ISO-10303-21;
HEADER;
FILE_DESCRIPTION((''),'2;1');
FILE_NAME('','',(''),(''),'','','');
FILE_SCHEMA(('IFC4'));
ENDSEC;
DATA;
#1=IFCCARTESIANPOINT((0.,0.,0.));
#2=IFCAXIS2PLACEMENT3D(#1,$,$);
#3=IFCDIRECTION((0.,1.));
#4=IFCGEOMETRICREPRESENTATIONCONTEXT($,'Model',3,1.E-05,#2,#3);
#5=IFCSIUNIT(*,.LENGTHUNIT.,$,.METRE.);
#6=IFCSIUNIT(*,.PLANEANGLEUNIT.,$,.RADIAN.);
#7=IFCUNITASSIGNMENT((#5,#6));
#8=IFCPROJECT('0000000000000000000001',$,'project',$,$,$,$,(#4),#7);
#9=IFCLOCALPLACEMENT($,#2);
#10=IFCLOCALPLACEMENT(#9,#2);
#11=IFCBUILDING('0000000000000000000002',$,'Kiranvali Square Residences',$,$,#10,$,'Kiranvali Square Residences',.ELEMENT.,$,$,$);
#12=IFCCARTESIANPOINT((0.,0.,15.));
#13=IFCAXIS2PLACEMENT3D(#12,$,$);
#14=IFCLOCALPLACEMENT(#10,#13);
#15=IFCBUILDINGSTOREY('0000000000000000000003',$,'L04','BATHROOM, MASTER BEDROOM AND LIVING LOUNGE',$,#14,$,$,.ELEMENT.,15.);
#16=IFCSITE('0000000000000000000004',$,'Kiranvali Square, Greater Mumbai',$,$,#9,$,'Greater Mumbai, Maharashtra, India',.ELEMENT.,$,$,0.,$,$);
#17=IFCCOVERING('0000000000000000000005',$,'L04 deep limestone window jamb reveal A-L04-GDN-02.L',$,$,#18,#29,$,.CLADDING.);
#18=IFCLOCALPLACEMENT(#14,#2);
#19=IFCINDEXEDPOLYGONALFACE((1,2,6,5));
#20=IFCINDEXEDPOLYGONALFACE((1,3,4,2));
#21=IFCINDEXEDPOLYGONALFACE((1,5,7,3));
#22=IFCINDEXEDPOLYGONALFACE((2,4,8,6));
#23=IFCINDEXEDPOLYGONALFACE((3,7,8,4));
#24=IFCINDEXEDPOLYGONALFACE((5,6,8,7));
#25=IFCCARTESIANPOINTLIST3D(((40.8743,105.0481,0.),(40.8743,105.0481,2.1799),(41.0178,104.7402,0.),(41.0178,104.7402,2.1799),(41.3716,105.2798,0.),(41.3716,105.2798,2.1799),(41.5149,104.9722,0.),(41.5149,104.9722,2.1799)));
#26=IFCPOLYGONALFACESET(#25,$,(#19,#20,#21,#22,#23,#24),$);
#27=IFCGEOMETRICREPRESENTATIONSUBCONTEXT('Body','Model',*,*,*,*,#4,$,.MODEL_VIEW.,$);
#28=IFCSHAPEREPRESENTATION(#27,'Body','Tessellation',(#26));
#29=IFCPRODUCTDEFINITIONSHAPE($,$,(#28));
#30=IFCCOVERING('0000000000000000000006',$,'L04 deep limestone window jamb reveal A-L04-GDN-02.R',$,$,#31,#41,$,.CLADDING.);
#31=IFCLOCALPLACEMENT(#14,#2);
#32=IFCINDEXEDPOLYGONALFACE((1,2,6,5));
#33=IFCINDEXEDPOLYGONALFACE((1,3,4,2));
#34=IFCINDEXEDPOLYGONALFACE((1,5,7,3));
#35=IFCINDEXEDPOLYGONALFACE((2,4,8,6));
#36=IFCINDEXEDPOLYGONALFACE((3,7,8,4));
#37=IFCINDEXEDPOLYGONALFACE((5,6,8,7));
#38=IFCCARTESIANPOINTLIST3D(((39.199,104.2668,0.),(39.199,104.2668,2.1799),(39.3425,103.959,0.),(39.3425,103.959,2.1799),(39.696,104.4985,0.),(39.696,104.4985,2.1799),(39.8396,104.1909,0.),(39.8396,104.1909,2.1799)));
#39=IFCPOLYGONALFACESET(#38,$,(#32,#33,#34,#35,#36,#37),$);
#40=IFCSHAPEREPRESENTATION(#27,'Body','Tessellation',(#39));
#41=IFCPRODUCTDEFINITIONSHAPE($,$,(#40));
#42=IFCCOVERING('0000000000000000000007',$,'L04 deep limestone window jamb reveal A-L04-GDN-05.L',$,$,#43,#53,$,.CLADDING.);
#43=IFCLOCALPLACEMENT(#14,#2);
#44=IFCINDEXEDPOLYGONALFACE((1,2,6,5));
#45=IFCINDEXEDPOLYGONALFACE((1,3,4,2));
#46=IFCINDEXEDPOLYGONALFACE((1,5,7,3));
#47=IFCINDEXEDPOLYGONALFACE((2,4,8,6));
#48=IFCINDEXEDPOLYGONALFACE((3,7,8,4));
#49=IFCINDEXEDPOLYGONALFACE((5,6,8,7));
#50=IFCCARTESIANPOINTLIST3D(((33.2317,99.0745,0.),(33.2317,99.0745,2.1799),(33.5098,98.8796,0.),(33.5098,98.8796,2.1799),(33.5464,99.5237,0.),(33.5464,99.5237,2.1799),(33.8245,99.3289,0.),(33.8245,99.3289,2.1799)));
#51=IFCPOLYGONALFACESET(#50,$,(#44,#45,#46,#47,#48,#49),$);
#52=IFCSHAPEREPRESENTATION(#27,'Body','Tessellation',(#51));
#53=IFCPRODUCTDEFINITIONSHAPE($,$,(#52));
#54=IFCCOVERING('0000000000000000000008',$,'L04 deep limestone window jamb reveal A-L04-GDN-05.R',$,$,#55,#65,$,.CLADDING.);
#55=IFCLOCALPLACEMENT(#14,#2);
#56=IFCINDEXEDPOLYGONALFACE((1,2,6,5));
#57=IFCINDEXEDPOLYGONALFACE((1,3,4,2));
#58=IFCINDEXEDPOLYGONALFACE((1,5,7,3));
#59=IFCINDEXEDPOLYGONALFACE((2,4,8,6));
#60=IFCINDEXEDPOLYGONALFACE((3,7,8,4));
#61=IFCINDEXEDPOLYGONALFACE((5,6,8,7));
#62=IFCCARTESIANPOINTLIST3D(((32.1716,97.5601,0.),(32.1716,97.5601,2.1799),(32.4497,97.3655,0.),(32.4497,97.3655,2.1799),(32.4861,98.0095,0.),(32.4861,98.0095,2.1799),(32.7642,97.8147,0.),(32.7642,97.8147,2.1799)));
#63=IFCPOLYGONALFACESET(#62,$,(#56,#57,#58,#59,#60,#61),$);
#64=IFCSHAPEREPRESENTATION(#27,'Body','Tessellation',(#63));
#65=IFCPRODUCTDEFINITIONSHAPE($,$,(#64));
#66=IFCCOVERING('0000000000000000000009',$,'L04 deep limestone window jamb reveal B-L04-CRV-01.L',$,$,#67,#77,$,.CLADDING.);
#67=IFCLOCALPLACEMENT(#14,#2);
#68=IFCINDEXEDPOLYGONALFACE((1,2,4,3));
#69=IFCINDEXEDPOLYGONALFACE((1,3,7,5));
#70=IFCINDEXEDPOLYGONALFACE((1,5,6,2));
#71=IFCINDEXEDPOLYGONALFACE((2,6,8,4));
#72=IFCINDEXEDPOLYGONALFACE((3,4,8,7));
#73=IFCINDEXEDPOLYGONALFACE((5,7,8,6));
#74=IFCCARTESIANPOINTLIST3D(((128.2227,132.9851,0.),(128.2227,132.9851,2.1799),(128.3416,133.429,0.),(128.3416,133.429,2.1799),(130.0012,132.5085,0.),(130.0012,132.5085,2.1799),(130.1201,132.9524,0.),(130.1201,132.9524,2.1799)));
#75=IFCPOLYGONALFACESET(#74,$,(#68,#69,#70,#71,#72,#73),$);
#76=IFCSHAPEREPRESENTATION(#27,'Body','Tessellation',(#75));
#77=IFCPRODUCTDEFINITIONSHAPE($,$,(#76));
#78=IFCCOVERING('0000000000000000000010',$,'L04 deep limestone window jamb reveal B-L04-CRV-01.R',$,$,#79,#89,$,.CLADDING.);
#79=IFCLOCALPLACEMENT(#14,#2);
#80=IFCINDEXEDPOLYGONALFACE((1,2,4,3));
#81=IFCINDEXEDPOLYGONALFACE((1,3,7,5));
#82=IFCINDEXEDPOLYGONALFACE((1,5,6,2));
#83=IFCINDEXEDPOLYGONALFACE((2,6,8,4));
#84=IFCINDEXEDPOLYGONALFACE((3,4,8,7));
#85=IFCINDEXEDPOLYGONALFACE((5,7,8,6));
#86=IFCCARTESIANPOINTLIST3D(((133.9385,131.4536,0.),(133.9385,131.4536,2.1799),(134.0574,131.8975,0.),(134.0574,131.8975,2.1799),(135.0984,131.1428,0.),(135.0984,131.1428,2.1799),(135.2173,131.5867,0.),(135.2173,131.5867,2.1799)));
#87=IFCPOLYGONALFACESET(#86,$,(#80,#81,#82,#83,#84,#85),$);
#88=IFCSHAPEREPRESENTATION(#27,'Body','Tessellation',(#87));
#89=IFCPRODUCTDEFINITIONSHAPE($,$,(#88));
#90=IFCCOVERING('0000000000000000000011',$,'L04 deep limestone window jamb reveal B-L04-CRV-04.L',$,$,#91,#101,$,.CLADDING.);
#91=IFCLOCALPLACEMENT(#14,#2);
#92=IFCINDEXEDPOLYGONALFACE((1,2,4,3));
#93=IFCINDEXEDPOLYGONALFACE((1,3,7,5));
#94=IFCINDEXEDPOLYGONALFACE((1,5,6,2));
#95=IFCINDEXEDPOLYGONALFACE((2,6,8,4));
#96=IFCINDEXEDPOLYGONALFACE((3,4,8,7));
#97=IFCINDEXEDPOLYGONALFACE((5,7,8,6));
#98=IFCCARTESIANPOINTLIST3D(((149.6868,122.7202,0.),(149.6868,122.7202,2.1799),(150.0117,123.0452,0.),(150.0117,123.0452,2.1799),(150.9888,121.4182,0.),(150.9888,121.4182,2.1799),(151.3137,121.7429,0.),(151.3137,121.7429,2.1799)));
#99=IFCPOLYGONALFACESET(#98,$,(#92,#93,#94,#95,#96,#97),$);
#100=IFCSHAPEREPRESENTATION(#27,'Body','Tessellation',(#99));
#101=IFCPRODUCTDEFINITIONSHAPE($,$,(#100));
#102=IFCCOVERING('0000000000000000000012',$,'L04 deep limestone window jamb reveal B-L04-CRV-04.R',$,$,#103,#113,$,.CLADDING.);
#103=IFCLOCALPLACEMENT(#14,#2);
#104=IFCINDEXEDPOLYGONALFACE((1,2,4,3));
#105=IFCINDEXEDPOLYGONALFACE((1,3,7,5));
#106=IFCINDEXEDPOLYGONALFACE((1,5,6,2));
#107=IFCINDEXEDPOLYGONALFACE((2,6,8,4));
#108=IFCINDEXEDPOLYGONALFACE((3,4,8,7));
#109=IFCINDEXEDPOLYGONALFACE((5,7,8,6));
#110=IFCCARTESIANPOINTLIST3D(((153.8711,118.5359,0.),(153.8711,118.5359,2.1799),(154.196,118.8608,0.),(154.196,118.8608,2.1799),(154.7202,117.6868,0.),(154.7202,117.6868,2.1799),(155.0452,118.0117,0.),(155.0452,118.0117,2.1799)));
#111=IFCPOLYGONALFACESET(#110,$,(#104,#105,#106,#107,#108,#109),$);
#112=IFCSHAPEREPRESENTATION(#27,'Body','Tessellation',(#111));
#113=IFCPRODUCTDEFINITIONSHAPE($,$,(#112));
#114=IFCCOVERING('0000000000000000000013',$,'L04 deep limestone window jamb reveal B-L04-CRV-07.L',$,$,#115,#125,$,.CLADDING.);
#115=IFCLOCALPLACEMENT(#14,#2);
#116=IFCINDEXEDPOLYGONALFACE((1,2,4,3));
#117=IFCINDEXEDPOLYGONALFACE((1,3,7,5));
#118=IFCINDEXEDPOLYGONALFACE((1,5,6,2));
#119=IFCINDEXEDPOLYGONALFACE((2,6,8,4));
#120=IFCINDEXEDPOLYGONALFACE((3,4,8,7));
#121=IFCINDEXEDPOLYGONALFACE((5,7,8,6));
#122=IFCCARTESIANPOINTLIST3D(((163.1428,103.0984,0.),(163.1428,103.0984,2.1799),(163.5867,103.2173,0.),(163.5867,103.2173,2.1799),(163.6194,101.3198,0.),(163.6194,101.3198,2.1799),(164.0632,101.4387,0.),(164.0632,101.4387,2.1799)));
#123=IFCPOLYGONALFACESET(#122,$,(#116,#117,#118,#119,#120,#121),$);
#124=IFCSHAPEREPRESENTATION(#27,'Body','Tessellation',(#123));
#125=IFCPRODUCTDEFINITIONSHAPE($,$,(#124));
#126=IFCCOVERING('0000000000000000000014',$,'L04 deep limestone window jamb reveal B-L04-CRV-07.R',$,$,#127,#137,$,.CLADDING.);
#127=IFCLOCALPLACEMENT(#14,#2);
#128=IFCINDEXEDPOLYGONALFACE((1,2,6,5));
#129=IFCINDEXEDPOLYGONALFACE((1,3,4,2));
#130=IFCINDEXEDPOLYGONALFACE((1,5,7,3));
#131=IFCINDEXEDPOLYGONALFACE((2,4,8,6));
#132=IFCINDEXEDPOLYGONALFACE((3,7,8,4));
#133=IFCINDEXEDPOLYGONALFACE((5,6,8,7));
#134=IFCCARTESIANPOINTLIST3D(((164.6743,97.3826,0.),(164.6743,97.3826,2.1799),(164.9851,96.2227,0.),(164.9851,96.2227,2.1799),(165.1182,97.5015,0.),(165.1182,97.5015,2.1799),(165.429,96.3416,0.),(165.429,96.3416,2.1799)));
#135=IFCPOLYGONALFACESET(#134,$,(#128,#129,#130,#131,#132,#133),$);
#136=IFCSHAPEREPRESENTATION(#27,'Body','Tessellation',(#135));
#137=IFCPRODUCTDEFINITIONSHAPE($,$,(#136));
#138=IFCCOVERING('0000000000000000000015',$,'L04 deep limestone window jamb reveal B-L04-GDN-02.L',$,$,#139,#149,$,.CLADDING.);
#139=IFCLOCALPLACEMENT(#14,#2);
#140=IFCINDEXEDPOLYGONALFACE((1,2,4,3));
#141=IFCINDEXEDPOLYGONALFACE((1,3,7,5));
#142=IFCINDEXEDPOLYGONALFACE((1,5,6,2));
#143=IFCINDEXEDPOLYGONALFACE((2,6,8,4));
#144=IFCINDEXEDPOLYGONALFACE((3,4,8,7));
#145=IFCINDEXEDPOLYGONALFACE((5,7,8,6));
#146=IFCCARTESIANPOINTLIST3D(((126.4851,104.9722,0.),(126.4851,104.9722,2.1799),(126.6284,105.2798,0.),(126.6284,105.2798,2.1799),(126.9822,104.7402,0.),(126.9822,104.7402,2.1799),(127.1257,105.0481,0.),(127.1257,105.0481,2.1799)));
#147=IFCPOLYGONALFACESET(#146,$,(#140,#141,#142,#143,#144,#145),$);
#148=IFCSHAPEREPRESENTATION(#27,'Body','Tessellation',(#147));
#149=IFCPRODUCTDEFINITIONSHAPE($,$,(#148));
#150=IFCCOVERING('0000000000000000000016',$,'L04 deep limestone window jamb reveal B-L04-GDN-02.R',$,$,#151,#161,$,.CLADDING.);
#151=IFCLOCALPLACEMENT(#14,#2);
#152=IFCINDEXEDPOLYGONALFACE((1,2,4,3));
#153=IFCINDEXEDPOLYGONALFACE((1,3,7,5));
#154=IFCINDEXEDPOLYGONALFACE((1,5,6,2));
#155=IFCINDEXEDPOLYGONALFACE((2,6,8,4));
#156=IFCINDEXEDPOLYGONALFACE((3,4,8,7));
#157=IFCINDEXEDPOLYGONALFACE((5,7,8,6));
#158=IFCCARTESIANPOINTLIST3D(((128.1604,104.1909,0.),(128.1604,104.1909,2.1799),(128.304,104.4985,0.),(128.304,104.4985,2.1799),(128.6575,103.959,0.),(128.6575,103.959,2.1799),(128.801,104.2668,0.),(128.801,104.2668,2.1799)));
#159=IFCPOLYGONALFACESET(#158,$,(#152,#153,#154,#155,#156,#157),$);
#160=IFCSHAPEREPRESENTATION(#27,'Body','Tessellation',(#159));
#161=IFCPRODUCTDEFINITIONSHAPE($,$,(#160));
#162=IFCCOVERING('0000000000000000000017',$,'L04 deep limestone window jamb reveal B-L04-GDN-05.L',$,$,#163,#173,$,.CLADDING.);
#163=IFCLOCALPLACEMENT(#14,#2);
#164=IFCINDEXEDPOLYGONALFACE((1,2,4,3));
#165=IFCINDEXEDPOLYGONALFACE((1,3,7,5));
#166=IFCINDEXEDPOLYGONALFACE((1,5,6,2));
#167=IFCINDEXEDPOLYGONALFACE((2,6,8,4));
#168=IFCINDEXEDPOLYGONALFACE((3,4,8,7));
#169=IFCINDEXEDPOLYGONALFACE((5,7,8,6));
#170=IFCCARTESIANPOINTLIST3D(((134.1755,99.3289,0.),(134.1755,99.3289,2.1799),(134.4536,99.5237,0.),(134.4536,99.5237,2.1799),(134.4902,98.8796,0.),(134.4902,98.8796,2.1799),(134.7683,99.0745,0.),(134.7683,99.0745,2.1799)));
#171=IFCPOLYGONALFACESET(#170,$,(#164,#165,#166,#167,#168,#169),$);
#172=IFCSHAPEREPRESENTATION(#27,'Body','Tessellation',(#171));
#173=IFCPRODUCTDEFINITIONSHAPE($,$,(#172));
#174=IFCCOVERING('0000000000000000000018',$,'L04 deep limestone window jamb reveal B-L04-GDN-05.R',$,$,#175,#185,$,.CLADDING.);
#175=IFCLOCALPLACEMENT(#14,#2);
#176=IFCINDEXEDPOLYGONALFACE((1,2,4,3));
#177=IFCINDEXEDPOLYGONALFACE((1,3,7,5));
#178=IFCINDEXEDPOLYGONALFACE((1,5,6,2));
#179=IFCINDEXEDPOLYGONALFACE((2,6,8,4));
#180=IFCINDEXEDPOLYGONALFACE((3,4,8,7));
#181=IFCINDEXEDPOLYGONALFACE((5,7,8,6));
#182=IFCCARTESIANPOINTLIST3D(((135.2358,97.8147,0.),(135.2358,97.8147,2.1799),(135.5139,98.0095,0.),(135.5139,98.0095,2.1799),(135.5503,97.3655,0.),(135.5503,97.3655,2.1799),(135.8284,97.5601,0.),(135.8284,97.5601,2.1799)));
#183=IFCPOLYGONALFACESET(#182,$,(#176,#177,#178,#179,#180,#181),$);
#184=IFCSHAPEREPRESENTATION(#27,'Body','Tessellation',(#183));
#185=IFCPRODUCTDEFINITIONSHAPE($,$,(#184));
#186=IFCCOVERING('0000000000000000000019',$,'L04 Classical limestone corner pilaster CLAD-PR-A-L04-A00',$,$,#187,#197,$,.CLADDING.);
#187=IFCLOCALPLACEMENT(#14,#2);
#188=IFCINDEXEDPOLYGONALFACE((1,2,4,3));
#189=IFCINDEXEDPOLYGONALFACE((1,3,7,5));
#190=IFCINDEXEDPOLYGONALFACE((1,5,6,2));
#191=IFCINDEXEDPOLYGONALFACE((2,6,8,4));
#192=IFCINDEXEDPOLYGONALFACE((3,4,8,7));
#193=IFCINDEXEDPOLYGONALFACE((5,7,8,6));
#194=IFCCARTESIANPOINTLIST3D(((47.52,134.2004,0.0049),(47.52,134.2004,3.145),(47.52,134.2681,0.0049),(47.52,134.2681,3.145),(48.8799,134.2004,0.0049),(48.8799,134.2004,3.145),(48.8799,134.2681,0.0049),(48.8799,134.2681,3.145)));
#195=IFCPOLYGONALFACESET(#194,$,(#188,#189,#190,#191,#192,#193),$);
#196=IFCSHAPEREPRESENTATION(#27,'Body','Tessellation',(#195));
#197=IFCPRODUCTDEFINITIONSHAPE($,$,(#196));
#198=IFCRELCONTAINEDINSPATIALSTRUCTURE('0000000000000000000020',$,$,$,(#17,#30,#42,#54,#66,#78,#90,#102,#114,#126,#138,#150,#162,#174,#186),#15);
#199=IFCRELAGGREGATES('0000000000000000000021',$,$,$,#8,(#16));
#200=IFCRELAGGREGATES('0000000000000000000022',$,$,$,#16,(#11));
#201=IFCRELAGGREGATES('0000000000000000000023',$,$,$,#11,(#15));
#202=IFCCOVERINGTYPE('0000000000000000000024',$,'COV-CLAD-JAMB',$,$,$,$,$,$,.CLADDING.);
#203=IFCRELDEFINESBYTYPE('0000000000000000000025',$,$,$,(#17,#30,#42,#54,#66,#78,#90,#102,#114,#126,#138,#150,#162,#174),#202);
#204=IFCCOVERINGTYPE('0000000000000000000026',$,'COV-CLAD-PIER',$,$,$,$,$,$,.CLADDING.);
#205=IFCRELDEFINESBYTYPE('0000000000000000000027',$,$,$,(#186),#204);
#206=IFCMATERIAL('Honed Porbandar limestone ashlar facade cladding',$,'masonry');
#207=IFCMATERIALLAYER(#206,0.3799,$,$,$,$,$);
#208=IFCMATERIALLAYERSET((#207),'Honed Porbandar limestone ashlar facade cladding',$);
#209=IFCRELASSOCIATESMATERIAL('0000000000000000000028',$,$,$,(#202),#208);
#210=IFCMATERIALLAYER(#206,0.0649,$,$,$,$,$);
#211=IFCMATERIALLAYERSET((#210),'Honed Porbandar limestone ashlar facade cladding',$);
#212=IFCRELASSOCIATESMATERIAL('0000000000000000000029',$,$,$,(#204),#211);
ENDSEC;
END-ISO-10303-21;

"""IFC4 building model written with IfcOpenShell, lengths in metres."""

from ifc_helpers import new_model, si_unit, direction, frame, origin, place, context, subcontext, project, spatial, polyline, outline, extrude, material, layer, layer_set, type_object, element, save


model = new_model("IFC4")

# Units and contexts
model_context = context("Model", 3, precision=1e-05, world=origin(), true_north=direction((0.0, 1.0)))
body_context = subcontext(model_context, "Body", "Model", "MODEL_VIEW")
ifc_project = project(units=[si_unit("LENGTHUNIT", "METRE"), si_unit("PLANEANGLEUNIT", "RADIAN")], contexts=[model_context])

# Site, building, storey
site_placement = place(None, origin())
site = spatial("IfcSite", under=ifc_project, at=site_placement, Name="Kiranvali Square, Greater Mumbai", LongName="Greater Mumbai, Maharashtra, India", CompositionType="ELEMENT", RefElevation=0.0)
building_placement = place(site_placement, origin())
building = spatial("IfcBuilding", under=site, at=building_placement, Name="Kiranvali Square Residences", LongName="Kiranvali Square Residences", CompositionType="ELEMENT")
storey_placement = place(building_placement, frame((0.0, 0.0, 15.0)))
storey = spatial("IfcBuildingStorey", under=building, at=storey_placement, Name="L04", Description="BATHROOM, MASTER BEDROOM AND LIVING LOUNGE", CompositionType="ELEMENT", Elevation=15.0)

# Coverings
ifc_material_1 = material(Name="Honed Porbandar limestone ashlar facade cladding", Category="masonry")
ifc_layer_1 = layer(ifc_material_1, 0.3799)
ifc_layer_set_1 = layer_set([ifc_layer_1], Name="Honed Porbandar limestone ashlar facade cladding")
covering_type_1 = type_object("IfcCoveringType", Name="COV-CLAD-JAMB", PredefinedType="CLADDING", material=ifc_layer_set_1)
covering_1_placement = place(storey_placement, origin())
element("IfcCovering", 1, at=covering_1_placement, inside=storey, type_object=covering_type_1, Name="L04 deep limestone window jamb reveal A-L04-GDN-02.L", PredefinedType="CLADDING", context=body_context, shape_type="SweptSolid", body=[
    extrude(outline(polyline([(41.3716, 105.2798), (40.8743, 105.0481), (41.0178, 104.7402), (41.5149, 104.9722), (41.3716, 105.2798)])), origin(), (0.0, 0.0, 1.0), 2.1799),
])
covering_2_placement = place(storey_placement, origin())
element("IfcCovering", 2, at=covering_2_placement, inside=storey, type_object=covering_type_1, Name="L04 deep limestone window jamb reveal A-L04-GDN-02.R", PredefinedType="CLADDING", context=body_context, shape_type="SweptSolid", body=[
    extrude(outline(polyline([(39.696, 104.4985), (39.199, 104.2668), (39.3425, 103.959), (39.8396, 104.1909), (39.696, 104.4985)])), origin(), (0.0, 0.0, 1.0), 2.1799),
])
covering_3_placement = place(storey_placement, origin())
element("IfcCovering", 3, at=covering_3_placement, inside=storey, type_object=covering_type_1, Name="L04 deep limestone window jamb reveal A-L04-GDN-05.L", PredefinedType="CLADDING", context=body_context, shape_type="SweptSolid", body=[
    extrude(outline(polyline([(33.5464, 99.5237), (33.2317, 99.0745), (33.5098, 98.8796), (33.8245, 99.3289), (33.5464, 99.5237)])), origin(), (0.0, 0.0, 1.0), 2.1799),
])
covering_4_placement = place(storey_placement, origin())
element("IfcCovering", 4, at=covering_4_placement, inside=storey, type_object=covering_type_1, Name="L04 deep limestone window jamb reveal A-L04-GDN-05.R", PredefinedType="CLADDING", context=body_context, shape_type="SweptSolid", body=[
    extrude(outline(polyline([(32.4861, 98.0095), (32.1716, 97.5601), (32.4497, 97.3655), (32.7642, 97.8147), (32.4861, 98.0095)])), origin(), (0.0, 0.0, 1.0), 2.1799),
])
covering_5_placement = place(storey_placement, origin())
element("IfcCovering", 5, at=covering_5_placement, inside=storey, type_object=covering_type_1, Name="L04 deep limestone window jamb reveal B-L04-CRV-01.L", PredefinedType="CLADDING", context=body_context, shape_type="SweptSolid", body=[
    extrude(outline(polyline([(128.2227, 132.9851), (130.0012, 132.5085), (130.1201, 132.9524), (128.3416, 133.429), (128.2227, 132.9851)])), origin(), (0.0, 0.0, 1.0), 2.1799),
])
covering_6_placement = place(storey_placement, origin())
element("IfcCovering", 6, at=covering_6_placement, inside=storey, type_object=covering_type_1, Name="L04 deep limestone window jamb reveal B-L04-CRV-01.R", PredefinedType="CLADDING", context=body_context, shape_type="SweptSolid", body=[
    extrude(outline(polyline([(133.9385, 131.4536), (135.0984, 131.1428), (135.2173, 131.5867), (134.0574, 131.8975), (133.9385, 131.4536)])), origin(), (0.0, 0.0, 1.0), 2.1799),
])
covering_7_placement = place(storey_placement, origin())
element("IfcCovering", 7, at=covering_7_placement, inside=storey, type_object=covering_type_1, Name="L04 deep limestone window jamb reveal B-L04-CRV-04.L", PredefinedType="CLADDING", context=body_context, shape_type="SweptSolid", body=[
    extrude(outline(polyline([(149.6868, 122.7202), (150.9888, 121.4182), (151.3137, 121.7429), (150.0117, 123.0452), (149.6868, 122.7202)])), origin(), (0.0, 0.0, 1.0), 2.1799),
])
covering_8_placement = place(storey_placement, origin())
element("IfcCovering", 8, at=covering_8_placement, inside=storey, type_object=covering_type_1, Name="L04 deep limestone window jamb reveal B-L04-CRV-04.R", PredefinedType="CLADDING", context=body_context, shape_type="SweptSolid", body=[
    extrude(outline(polyline([(153.8711, 118.5359), (154.7202, 117.6868), (155.0452, 118.0117), (154.196, 118.8608), (153.8711, 118.5359)])), origin(), (0.0, 0.0, 1.0), 2.1799),
])
covering_9_placement = place(storey_placement, origin())
element("IfcCovering", 9, at=covering_9_placement, inside=storey, type_object=covering_type_1, Name="L04 deep limestone window jamb reveal B-L04-CRV-07.L", PredefinedType="CLADDING", context=body_context, shape_type="SweptSolid", body=[
    extrude(outline(polyline([(163.1428, 103.0984), (163.6194, 101.3198), (164.0632, 101.4387), (163.5867, 103.2173), (163.1428, 103.0984)])), origin(), (0.0, 0.0, 1.0), 2.1799),
])
covering_10_placement = place(storey_placement, origin())
element("IfcCovering", 10, at=covering_10_placement, inside=storey, type_object=covering_type_1, Name="L04 deep limestone window jamb reveal B-L04-CRV-07.R", PredefinedType="CLADDING", context=body_context, shape_type="SweptSolid", body=[
    extrude(outline(polyline([(164.6743, 97.3826), (164.9851, 96.2227), (165.429, 96.3416), (165.1182, 97.5015), (164.6743, 97.3826)])), origin(), (0.0, 0.0, 1.0), 2.1799),
])
covering_11_placement = place(storey_placement, origin())
element("IfcCovering", 11, at=covering_11_placement, inside=storey, type_object=covering_type_1, Name="L04 deep limestone window jamb reveal B-L04-GDN-02.L", PredefinedType="CLADDING", context=body_context, shape_type="SweptSolid", body=[
    extrude(outline(polyline([(126.4851, 104.9722), (126.9822, 104.7402), (127.1257, 105.0481), (126.6284, 105.2798), (126.4851, 104.9722)])), origin(), (0.0, 0.0, 1.0), 2.1799),
])
covering_12_placement = place(storey_placement, origin())
element("IfcCovering", 12, at=covering_12_placement, inside=storey, type_object=covering_type_1, Name="L04 deep limestone window jamb reveal B-L04-GDN-02.R", PredefinedType="CLADDING", context=body_context, shape_type="SweptSolid", body=[
    extrude(outline(polyline([(128.1604, 104.1909), (128.6575, 103.959), (128.801, 104.2668), (128.304, 104.4985), (128.1604, 104.1909)])), origin(), (0.0, 0.0, 1.0), 2.1799),
])
covering_13_placement = place(storey_placement, origin())
element("IfcCovering", 13, at=covering_13_placement, inside=storey, type_object=covering_type_1, Name="L04 deep limestone window jamb reveal B-L04-GDN-05.L", PredefinedType="CLADDING", context=body_context, shape_type="SweptSolid", body=[
    extrude(outline(polyline([(134.1755, 99.3289), (134.4902, 98.8796), (134.7683, 99.0745), (134.4536, 99.5237), (134.1755, 99.3289)])), origin(), (0.0, 0.0, 1.0), 2.1799),
])
covering_14_placement = place(storey_placement, origin())
element("IfcCovering", 14, at=covering_14_placement, inside=storey, type_object=covering_type_1, Name="L04 deep limestone window jamb reveal B-L04-GDN-05.R", PredefinedType="CLADDING", context=body_context, shape_type="SweptSolid", body=[
    extrude(outline(polyline([(135.2358, 97.8147), (135.5503, 97.3655), (135.8284, 97.5601), (135.5139, 98.0095), (135.2358, 97.8147)])), origin(), (0.0, 0.0, 1.0), 2.1799),
])
ifc_layer_2 = layer(ifc_material_1, 0.0649)
ifc_layer_set_2 = layer_set([ifc_layer_2], Name="Honed Porbandar limestone ashlar facade cladding")
covering_type_2 = type_object("IfcCoveringType", Name="COV-CLAD-PIER", PredefinedType="CLADDING", material=ifc_layer_set_2)
covering_15_placement = place(storey_placement, frame((0.0, 0.0, 0.0049)))
element("IfcCovering", 15, at=covering_15_placement, inside=storey, type_object=covering_type_2, Name="L04 Classical limestone corner pilaster CLAD-PR-A-L04-A00", PredefinedType="CLADDING", context=body_context, shape_type="SweptSolid", body=[
    extrude(outline(polyline([(48.8799, 134.2681), (47.52, 134.2681), (47.52, 134.2004), (48.8799, 134.2004), (48.8799, 134.2681)])), origin(), (0.0, 0.0, 1.0), 3.1401),
])

save(model, "model.ifc")
